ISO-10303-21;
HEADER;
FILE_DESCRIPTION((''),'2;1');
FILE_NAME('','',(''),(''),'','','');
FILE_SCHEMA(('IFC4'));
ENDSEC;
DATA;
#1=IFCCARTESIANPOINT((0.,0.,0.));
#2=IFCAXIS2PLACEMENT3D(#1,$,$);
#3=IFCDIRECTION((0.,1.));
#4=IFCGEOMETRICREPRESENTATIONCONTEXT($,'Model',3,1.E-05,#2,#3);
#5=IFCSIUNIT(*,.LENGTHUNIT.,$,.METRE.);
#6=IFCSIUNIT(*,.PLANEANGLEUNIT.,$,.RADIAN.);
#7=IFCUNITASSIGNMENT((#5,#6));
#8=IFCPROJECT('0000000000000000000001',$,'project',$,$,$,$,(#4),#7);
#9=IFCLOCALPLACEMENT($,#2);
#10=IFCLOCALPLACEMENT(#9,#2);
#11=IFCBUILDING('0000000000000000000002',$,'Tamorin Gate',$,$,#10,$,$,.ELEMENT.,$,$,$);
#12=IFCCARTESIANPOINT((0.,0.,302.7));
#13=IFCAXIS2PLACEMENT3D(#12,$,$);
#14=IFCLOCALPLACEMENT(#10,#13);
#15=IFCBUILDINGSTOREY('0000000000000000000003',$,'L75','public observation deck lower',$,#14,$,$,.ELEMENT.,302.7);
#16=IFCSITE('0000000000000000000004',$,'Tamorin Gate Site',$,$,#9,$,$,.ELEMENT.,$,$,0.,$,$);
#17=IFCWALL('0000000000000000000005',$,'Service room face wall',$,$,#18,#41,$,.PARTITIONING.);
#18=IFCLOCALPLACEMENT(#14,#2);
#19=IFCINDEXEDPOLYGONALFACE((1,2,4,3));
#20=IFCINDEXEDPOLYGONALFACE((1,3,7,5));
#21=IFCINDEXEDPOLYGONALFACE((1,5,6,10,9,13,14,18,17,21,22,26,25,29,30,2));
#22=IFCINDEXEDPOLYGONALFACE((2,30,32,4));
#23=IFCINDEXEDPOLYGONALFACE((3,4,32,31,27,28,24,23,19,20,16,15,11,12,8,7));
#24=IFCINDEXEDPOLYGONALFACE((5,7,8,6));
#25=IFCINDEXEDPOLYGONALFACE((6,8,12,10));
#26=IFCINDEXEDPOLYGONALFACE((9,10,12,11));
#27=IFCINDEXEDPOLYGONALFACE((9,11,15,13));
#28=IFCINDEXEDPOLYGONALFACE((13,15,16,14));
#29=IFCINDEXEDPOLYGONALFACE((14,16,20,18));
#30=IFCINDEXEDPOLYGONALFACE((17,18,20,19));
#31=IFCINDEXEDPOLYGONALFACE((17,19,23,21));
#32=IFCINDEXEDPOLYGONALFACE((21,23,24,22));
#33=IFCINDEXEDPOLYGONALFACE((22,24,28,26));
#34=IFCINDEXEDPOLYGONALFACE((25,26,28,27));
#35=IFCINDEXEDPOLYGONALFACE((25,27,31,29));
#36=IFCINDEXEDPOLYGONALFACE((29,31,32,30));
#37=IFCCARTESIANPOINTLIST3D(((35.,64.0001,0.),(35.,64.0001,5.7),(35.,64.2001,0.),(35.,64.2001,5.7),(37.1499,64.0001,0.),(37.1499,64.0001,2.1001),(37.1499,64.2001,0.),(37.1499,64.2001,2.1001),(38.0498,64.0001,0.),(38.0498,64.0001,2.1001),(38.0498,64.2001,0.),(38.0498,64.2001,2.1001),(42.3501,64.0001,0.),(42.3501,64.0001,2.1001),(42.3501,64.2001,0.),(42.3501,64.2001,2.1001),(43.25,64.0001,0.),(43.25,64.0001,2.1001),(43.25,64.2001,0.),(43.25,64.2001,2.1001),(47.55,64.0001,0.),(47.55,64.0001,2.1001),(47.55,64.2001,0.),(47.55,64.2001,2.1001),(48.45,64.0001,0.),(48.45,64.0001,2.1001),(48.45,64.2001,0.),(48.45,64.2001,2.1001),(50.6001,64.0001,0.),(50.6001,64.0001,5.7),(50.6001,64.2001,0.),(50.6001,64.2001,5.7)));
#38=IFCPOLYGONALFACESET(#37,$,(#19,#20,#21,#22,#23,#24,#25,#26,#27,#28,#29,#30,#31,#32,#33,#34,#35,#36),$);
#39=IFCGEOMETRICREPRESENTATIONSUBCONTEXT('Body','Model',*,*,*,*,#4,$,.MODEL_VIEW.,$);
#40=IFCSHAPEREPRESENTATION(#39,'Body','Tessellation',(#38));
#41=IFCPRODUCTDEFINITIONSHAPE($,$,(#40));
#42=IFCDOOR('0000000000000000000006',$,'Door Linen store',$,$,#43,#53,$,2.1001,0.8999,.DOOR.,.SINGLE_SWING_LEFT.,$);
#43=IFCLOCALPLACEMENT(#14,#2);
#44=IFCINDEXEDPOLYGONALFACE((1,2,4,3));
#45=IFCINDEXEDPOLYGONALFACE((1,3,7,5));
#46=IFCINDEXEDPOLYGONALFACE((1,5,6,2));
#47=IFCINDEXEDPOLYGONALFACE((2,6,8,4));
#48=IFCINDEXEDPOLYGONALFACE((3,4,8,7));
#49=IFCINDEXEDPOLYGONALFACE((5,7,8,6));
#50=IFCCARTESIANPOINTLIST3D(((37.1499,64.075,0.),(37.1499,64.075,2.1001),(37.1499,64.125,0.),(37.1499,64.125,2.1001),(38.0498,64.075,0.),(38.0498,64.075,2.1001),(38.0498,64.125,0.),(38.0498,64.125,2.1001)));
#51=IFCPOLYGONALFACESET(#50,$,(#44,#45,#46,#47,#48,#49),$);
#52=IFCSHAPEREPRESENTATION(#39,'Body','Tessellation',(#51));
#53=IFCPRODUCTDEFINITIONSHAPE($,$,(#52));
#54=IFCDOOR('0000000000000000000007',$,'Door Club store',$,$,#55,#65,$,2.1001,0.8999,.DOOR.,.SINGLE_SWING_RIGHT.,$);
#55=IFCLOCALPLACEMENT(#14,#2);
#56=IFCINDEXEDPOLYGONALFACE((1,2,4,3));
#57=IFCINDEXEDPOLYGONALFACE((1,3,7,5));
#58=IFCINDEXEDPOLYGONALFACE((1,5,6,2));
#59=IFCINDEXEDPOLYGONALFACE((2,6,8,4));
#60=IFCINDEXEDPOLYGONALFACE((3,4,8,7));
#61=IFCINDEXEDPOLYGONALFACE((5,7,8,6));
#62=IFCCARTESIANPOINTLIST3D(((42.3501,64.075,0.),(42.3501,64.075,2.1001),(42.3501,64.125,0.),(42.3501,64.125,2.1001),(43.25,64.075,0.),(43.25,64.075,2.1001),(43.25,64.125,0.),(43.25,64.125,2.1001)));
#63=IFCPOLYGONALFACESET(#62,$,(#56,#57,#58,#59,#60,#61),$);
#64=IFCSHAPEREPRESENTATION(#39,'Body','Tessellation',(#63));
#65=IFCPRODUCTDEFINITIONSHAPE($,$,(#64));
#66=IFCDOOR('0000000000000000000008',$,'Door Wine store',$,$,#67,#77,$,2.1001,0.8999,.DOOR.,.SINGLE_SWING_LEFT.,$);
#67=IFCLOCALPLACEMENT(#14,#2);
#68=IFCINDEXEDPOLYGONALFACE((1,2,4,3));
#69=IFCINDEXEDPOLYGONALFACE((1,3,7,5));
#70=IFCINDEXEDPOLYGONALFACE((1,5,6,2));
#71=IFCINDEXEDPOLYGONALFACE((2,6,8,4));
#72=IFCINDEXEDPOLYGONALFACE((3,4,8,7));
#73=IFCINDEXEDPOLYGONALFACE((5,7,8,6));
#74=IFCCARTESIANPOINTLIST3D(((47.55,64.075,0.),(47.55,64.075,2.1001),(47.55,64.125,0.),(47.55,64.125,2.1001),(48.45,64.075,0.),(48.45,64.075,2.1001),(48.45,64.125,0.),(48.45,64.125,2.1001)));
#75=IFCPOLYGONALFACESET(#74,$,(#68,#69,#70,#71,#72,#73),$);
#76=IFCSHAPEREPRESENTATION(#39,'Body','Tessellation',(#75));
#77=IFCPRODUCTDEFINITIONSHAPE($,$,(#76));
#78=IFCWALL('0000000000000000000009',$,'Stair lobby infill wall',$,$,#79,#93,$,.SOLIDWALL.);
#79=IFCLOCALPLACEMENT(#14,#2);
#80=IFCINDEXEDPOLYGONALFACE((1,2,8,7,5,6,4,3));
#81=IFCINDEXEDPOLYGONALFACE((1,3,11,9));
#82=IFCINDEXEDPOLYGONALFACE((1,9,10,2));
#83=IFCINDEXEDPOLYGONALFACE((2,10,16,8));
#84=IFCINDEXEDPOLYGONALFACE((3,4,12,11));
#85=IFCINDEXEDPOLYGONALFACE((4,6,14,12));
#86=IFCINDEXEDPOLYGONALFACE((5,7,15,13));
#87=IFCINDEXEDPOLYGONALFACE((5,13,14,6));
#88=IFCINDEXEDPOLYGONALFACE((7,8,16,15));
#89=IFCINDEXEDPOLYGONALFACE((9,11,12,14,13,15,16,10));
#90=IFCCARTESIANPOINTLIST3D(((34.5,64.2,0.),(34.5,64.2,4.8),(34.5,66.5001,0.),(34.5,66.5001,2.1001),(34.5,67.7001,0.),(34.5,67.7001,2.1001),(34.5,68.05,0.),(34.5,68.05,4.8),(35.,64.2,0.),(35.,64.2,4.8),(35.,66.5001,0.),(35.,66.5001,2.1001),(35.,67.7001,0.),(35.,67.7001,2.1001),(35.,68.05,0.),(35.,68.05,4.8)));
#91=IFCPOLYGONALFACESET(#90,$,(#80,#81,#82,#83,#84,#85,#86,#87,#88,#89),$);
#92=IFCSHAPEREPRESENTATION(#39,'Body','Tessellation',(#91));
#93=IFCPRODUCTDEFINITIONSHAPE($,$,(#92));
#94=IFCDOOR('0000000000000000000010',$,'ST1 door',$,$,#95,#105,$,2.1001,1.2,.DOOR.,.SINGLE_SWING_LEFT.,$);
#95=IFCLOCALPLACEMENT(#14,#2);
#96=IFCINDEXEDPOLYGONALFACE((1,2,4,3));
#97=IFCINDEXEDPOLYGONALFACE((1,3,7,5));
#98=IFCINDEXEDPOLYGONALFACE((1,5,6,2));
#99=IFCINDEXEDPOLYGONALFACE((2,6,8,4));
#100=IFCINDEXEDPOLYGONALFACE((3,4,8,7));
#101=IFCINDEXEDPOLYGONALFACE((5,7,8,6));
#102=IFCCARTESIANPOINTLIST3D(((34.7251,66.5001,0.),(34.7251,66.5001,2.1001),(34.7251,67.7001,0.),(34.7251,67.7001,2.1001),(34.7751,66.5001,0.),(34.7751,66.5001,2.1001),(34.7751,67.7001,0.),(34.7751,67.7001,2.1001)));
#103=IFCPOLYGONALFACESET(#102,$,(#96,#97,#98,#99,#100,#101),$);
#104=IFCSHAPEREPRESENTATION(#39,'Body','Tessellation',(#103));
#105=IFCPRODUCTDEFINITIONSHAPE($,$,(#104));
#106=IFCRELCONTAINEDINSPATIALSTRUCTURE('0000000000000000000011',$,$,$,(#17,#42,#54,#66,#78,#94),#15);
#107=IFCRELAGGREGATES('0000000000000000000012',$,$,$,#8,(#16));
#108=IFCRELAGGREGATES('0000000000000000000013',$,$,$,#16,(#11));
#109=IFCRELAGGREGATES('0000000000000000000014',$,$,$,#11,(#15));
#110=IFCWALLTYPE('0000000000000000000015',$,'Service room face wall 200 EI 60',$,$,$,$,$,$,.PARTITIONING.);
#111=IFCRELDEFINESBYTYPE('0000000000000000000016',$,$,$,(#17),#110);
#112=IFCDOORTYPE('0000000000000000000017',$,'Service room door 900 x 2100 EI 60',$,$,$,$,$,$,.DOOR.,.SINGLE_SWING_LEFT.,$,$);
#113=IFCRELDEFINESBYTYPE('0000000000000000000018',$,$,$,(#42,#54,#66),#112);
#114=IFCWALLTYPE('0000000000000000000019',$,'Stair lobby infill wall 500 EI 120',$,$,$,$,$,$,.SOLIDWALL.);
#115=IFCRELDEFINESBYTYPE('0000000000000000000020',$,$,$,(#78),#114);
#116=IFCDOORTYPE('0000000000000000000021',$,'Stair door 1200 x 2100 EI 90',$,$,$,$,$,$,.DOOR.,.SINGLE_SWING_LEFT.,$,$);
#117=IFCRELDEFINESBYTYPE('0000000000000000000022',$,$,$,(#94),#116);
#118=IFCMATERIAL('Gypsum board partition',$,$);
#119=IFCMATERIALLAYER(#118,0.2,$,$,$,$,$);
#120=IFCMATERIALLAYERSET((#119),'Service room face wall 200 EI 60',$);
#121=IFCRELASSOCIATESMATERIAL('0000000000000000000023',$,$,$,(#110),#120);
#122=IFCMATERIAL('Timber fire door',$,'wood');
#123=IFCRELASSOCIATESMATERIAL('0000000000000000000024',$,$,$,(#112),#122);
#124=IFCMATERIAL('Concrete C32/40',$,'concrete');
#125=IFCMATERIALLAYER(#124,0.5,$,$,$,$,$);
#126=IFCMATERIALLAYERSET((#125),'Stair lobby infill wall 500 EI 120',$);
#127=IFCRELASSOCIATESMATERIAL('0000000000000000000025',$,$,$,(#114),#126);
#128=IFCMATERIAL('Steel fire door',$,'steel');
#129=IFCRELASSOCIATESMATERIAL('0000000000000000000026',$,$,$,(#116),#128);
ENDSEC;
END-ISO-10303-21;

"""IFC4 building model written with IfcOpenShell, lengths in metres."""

from ifc_helpers import new_model, si_unit, direction, frame, frame_2d, origin, place, context, subcontext, project, spatial, rectangle, extrude, material, layer, layer_set, type_object, element, fill, save


model = new_model("IFC4")

# Units and contexts
model_context = context("Model", 3, precision=1e-05, world=origin(), true_north=direction((0.0, 1.0)))
body_context = subcontext(model_context, "Body", "Model", "MODEL_VIEW")
ifc_project = project(units=[si_unit("LENGTHUNIT", "METRE"), si_unit("PLANEANGLEUNIT", "RADIAN")], contexts=[model_context])

# Site, building, storey
site_placement = place(None, origin())
site = spatial("IfcSite", under=ifc_project, at=site_placement, Name="Tamorin Gate Site", CompositionType="ELEMENT", RefElevation=0.0)
building_placement = place(site_placement, origin())
building = spatial("IfcBuilding", under=site, at=building_placement, Name="Tamorin Gate", CompositionType="ELEMENT")
storey_placement = place(building_placement, frame((0.0, 0.0, 302.7)))
storey = spatial("IfcBuildingStorey", under=building, at=storey_placement, Name="L75", Description="public observation deck lower", CompositionType="ELEMENT", Elevation=302.7)

# Shared definitions
ifc_material_1 = material(Name="Gypsum board partition")

# Wall, openings, doors
ifc_layer_1 = layer(ifc_material_1, 0.2)
ifc_layer_set_1 = layer_set([ifc_layer_1], Name="Service room face wall 200 EI 60")
wall_type_1 = type_object("IfcWallType", Name="Service room face wall 200 EI 60", PredefinedType="PARTITIONING", material=ifc_layer_set_1)
wall_1_placement = place(storey_placement, frame((35.0, 64.1001, 0.0), z_axis=(0.0, 0.0, 1.0), x_axis=(1.0, 0.0, 0.0)))
wall_1 = element("IfcWall", 1, at=wall_1_placement, inside=storey, type_object=wall_type_1, Name="Service room face wall", PredefinedType="PARTITIONING", context=body_context, shape_type="SweptSolid", body=[
    extrude(rectangle(XDim=15.6001, YDim=0.2, at=frame_2d((7.8, 0.0))), origin(), (0.0, 0.0, 1.0), 5.7),
])
opening_1_placement = place(wall_1_placement, frame((2.1499, 0.0, 0.0)))
opening_1 = element("IfcOpeningElement", 2, at=opening_1_placement, cuts=wall_1, PredefinedType="OPENING", context=body_context, shape_type="SweptSolid", body=[
    extrude(rectangle(XDim=0.8999, YDim=2.1001, at=frame_2d((0.45, 1.05))), frame((0.0, 0.1099, 0.0), z_axis=(0.0, -1.0, 0.0), x_axis=(1.0, 0.0, 0.0)), (0.0, 0.0, 1.0), 0.22),
])
opening_2_placement = place(wall_1_placement, frame((7.3501, 0.0, 0.0)))
opening_2 = element("IfcOpeningElement", 3, at=opening_2_placement, cuts=wall_1, PredefinedType="OPENING", context=body_context, shape_type="SweptSolid", body=[
    extrude(rectangle(XDim=0.8999, YDim=2.1001, at=frame_2d((0.45, 1.05))), frame((0.0, 0.1099, 0.0), z_axis=(0.0, -1.0, 0.0), x_axis=(1.0, 0.0, 0.0)), (0.0, 0.0, 1.0), 0.22),
])
opening_3_placement = place(wall_1_placement, frame((12.55, 0.0, 0.0)))
opening_3 = element("IfcOpeningElement", 4, at=opening_3_placement, cuts=wall_1, PredefinedType="OPENING", context=body_context, shape_type="SweptSolid", body=[
    extrude(rectangle(XDim=0.8999, YDim=2.1001, at=frame_2d((0.45, 1.05))), frame((0.0, 0.1099, 0.0), z_axis=(0.0, -1.0, 0.0), x_axis=(1.0, 0.0, 0.0)), (0.0, 0.0, 1.0), 0.22),
])
ifc_material_2 = material(Name="Timber fire door", Category="wood")
door_type_1 = type_object("IfcDoorType", Name="Service room door 900 x 2100 EI 60", OperationType="SINGLE_SWING_LEFT", PredefinedType="DOOR", material=ifc_material_2)
door_1_placement = place(opening_1_placement, origin())
door_1 = element("IfcDoor", 5, at=door_1_placement, inside=storey, type_object=door_type_1, Name="Door Linen store", OperationType="SINGLE_SWING_LEFT", OverallHeight=2.1001, OverallWidth=0.8999, PredefinedType="DOOR", context=body_context, shape_type="SweptSolid", body=[
    extrude(rectangle(XDim=0.8999, YDim=2.1001, at=frame_2d((0.45, 1.05))), frame((0.0, 0.0249, 0.0), z_axis=(0.0, -1.0, 0.0), x_axis=(1.0, 0.0, 0.0)), (0.0, 0.0, 1.0), 0.05),
])
fill(opening_1, door_1)
door_2_placement = place(opening_2_placement, origin())
door_2 = element("IfcDoor", 6, at=door_2_placement, inside=storey, type_object=door_type_1, Name="Door Club store", OperationType="SINGLE_SWING_RIGHT", OverallHeight=2.1001, OverallWidth=0.8999, PredefinedType="DOOR", context=body_context, shape_type="SweptSolid", body=[
    extrude(rectangle(XDim=0.8999, YDim=2.1001, at=frame_2d((0.45, 1.05))), frame((0.0, 0.0249, 0.0), z_axis=(0.0, -1.0, 0.0), x_axis=(1.0, 0.0, 0.0)), (0.0, 0.0, 1.0), 0.05),
])
fill(opening_2, door_2)
door_3_placement = place(opening_3_placement, origin())
door_3 = element("IfcDoor", 7, at=door_3_placement, inside=storey, type_object=door_type_1, Name="Door Wine store", OperationType="SINGLE_SWING_LEFT", OverallHeight=2.1001, OverallWidth=0.8999, PredefinedType="DOOR", context=body_context, shape_type="SweptSolid", body=[
    extrude(rectangle(XDim=0.8999, YDim=2.1001, at=frame_2d((0.45, 1.05))), frame((0.0, 0.0249, 0.0), z_axis=(0.0, -1.0, 0.0), x_axis=(1.0, 0.0, 0.0)), (0.0, 0.0, 1.0), 0.05),
])
fill(opening_3, door_3)

# Wall, opening, door
ifc_material_3 = material(Name="Concrete C32/40", Category="concrete")
ifc_layer_2 = layer(ifc_material_3, 0.5)
ifc_layer_set_2 = layer_set([ifc_layer_2], Name="Stair lobby infill wall 500 EI 120")
wall_type_2 = type_object("IfcWallType", Name="Stair lobby infill wall 500 EI 120", PredefinedType="SOLIDWALL", material=ifc_layer_set_2)
wall_2_placement = place(storey_placement, frame((34.75, 64.2, 0.0), z_axis=(0.0, 0.0, 1.0), x_axis=(0.0, 1.0, 0.0)))
wall_2 = element("IfcWall", 8, at=wall_2_placement, inside=storey, type_object=wall_type_2, Name="Stair lobby infill wall", PredefinedType="SOLIDWALL", context=body_context, shape_type="SweptSolid", body=[
    extrude(rectangle(XDim=3.8501, YDim=0.5, at=frame_2d((1.925, 0.0))), origin(), (0.0, 0.0, 1.0), 4.8),
])
opening_4_placement = place(wall_2_placement, frame((2.3, 0.0, 0.0)))
opening_4 = element("IfcOpeningElement", 9, at=opening_4_placement, cuts=wall_2, PredefinedType="OPENING", context=body_context, shape_type="SweptSolid", body=[
    extrude(rectangle(XDim=1.2, YDim=2.1001, at=frame_2d((0.6001, 1.05))), frame((0.0, 0.26, 0.0), z_axis=(0.0, -1.0, 0.0), x_axis=(1.0, 0.0, 0.0)), (0.0, 0.0, 1.0), 0.52),
])
ifc_material_4 = material(Name="Steel fire door", Category="steel")
door_type_2 = type_object("IfcDoorType", Name="Stair door 1200 x 2100 EI 90", OperationType="SINGLE_SWING_LEFT", PredefinedType="DOOR", material=ifc_material_4)
door_4_placement = place(opening_4_placement, origin())
door_4 = element("IfcDoor", 10, at=door_4_placement, inside=storey, type_object=door_type_2, Name="ST1 door", OperationType="SINGLE_SWING_LEFT", OverallHeight=2.1001, OverallWidth=1.2, PredefinedType="DOOR", context=body_context, shape_type="SweptSolid", body=[
    extrude(rectangle(XDim=1.2, YDim=2.1001, at=frame_2d((0.6001, 1.05))), frame((0.0, 0.0249, 0.0), z_axis=(0.0, -1.0, 0.0), x_axis=(1.0, 0.0, 0.0)), (0.0, 0.0, 1.0), 0.05),
])
fill(opening_4, door_4)

save(model, "model.ifc")
